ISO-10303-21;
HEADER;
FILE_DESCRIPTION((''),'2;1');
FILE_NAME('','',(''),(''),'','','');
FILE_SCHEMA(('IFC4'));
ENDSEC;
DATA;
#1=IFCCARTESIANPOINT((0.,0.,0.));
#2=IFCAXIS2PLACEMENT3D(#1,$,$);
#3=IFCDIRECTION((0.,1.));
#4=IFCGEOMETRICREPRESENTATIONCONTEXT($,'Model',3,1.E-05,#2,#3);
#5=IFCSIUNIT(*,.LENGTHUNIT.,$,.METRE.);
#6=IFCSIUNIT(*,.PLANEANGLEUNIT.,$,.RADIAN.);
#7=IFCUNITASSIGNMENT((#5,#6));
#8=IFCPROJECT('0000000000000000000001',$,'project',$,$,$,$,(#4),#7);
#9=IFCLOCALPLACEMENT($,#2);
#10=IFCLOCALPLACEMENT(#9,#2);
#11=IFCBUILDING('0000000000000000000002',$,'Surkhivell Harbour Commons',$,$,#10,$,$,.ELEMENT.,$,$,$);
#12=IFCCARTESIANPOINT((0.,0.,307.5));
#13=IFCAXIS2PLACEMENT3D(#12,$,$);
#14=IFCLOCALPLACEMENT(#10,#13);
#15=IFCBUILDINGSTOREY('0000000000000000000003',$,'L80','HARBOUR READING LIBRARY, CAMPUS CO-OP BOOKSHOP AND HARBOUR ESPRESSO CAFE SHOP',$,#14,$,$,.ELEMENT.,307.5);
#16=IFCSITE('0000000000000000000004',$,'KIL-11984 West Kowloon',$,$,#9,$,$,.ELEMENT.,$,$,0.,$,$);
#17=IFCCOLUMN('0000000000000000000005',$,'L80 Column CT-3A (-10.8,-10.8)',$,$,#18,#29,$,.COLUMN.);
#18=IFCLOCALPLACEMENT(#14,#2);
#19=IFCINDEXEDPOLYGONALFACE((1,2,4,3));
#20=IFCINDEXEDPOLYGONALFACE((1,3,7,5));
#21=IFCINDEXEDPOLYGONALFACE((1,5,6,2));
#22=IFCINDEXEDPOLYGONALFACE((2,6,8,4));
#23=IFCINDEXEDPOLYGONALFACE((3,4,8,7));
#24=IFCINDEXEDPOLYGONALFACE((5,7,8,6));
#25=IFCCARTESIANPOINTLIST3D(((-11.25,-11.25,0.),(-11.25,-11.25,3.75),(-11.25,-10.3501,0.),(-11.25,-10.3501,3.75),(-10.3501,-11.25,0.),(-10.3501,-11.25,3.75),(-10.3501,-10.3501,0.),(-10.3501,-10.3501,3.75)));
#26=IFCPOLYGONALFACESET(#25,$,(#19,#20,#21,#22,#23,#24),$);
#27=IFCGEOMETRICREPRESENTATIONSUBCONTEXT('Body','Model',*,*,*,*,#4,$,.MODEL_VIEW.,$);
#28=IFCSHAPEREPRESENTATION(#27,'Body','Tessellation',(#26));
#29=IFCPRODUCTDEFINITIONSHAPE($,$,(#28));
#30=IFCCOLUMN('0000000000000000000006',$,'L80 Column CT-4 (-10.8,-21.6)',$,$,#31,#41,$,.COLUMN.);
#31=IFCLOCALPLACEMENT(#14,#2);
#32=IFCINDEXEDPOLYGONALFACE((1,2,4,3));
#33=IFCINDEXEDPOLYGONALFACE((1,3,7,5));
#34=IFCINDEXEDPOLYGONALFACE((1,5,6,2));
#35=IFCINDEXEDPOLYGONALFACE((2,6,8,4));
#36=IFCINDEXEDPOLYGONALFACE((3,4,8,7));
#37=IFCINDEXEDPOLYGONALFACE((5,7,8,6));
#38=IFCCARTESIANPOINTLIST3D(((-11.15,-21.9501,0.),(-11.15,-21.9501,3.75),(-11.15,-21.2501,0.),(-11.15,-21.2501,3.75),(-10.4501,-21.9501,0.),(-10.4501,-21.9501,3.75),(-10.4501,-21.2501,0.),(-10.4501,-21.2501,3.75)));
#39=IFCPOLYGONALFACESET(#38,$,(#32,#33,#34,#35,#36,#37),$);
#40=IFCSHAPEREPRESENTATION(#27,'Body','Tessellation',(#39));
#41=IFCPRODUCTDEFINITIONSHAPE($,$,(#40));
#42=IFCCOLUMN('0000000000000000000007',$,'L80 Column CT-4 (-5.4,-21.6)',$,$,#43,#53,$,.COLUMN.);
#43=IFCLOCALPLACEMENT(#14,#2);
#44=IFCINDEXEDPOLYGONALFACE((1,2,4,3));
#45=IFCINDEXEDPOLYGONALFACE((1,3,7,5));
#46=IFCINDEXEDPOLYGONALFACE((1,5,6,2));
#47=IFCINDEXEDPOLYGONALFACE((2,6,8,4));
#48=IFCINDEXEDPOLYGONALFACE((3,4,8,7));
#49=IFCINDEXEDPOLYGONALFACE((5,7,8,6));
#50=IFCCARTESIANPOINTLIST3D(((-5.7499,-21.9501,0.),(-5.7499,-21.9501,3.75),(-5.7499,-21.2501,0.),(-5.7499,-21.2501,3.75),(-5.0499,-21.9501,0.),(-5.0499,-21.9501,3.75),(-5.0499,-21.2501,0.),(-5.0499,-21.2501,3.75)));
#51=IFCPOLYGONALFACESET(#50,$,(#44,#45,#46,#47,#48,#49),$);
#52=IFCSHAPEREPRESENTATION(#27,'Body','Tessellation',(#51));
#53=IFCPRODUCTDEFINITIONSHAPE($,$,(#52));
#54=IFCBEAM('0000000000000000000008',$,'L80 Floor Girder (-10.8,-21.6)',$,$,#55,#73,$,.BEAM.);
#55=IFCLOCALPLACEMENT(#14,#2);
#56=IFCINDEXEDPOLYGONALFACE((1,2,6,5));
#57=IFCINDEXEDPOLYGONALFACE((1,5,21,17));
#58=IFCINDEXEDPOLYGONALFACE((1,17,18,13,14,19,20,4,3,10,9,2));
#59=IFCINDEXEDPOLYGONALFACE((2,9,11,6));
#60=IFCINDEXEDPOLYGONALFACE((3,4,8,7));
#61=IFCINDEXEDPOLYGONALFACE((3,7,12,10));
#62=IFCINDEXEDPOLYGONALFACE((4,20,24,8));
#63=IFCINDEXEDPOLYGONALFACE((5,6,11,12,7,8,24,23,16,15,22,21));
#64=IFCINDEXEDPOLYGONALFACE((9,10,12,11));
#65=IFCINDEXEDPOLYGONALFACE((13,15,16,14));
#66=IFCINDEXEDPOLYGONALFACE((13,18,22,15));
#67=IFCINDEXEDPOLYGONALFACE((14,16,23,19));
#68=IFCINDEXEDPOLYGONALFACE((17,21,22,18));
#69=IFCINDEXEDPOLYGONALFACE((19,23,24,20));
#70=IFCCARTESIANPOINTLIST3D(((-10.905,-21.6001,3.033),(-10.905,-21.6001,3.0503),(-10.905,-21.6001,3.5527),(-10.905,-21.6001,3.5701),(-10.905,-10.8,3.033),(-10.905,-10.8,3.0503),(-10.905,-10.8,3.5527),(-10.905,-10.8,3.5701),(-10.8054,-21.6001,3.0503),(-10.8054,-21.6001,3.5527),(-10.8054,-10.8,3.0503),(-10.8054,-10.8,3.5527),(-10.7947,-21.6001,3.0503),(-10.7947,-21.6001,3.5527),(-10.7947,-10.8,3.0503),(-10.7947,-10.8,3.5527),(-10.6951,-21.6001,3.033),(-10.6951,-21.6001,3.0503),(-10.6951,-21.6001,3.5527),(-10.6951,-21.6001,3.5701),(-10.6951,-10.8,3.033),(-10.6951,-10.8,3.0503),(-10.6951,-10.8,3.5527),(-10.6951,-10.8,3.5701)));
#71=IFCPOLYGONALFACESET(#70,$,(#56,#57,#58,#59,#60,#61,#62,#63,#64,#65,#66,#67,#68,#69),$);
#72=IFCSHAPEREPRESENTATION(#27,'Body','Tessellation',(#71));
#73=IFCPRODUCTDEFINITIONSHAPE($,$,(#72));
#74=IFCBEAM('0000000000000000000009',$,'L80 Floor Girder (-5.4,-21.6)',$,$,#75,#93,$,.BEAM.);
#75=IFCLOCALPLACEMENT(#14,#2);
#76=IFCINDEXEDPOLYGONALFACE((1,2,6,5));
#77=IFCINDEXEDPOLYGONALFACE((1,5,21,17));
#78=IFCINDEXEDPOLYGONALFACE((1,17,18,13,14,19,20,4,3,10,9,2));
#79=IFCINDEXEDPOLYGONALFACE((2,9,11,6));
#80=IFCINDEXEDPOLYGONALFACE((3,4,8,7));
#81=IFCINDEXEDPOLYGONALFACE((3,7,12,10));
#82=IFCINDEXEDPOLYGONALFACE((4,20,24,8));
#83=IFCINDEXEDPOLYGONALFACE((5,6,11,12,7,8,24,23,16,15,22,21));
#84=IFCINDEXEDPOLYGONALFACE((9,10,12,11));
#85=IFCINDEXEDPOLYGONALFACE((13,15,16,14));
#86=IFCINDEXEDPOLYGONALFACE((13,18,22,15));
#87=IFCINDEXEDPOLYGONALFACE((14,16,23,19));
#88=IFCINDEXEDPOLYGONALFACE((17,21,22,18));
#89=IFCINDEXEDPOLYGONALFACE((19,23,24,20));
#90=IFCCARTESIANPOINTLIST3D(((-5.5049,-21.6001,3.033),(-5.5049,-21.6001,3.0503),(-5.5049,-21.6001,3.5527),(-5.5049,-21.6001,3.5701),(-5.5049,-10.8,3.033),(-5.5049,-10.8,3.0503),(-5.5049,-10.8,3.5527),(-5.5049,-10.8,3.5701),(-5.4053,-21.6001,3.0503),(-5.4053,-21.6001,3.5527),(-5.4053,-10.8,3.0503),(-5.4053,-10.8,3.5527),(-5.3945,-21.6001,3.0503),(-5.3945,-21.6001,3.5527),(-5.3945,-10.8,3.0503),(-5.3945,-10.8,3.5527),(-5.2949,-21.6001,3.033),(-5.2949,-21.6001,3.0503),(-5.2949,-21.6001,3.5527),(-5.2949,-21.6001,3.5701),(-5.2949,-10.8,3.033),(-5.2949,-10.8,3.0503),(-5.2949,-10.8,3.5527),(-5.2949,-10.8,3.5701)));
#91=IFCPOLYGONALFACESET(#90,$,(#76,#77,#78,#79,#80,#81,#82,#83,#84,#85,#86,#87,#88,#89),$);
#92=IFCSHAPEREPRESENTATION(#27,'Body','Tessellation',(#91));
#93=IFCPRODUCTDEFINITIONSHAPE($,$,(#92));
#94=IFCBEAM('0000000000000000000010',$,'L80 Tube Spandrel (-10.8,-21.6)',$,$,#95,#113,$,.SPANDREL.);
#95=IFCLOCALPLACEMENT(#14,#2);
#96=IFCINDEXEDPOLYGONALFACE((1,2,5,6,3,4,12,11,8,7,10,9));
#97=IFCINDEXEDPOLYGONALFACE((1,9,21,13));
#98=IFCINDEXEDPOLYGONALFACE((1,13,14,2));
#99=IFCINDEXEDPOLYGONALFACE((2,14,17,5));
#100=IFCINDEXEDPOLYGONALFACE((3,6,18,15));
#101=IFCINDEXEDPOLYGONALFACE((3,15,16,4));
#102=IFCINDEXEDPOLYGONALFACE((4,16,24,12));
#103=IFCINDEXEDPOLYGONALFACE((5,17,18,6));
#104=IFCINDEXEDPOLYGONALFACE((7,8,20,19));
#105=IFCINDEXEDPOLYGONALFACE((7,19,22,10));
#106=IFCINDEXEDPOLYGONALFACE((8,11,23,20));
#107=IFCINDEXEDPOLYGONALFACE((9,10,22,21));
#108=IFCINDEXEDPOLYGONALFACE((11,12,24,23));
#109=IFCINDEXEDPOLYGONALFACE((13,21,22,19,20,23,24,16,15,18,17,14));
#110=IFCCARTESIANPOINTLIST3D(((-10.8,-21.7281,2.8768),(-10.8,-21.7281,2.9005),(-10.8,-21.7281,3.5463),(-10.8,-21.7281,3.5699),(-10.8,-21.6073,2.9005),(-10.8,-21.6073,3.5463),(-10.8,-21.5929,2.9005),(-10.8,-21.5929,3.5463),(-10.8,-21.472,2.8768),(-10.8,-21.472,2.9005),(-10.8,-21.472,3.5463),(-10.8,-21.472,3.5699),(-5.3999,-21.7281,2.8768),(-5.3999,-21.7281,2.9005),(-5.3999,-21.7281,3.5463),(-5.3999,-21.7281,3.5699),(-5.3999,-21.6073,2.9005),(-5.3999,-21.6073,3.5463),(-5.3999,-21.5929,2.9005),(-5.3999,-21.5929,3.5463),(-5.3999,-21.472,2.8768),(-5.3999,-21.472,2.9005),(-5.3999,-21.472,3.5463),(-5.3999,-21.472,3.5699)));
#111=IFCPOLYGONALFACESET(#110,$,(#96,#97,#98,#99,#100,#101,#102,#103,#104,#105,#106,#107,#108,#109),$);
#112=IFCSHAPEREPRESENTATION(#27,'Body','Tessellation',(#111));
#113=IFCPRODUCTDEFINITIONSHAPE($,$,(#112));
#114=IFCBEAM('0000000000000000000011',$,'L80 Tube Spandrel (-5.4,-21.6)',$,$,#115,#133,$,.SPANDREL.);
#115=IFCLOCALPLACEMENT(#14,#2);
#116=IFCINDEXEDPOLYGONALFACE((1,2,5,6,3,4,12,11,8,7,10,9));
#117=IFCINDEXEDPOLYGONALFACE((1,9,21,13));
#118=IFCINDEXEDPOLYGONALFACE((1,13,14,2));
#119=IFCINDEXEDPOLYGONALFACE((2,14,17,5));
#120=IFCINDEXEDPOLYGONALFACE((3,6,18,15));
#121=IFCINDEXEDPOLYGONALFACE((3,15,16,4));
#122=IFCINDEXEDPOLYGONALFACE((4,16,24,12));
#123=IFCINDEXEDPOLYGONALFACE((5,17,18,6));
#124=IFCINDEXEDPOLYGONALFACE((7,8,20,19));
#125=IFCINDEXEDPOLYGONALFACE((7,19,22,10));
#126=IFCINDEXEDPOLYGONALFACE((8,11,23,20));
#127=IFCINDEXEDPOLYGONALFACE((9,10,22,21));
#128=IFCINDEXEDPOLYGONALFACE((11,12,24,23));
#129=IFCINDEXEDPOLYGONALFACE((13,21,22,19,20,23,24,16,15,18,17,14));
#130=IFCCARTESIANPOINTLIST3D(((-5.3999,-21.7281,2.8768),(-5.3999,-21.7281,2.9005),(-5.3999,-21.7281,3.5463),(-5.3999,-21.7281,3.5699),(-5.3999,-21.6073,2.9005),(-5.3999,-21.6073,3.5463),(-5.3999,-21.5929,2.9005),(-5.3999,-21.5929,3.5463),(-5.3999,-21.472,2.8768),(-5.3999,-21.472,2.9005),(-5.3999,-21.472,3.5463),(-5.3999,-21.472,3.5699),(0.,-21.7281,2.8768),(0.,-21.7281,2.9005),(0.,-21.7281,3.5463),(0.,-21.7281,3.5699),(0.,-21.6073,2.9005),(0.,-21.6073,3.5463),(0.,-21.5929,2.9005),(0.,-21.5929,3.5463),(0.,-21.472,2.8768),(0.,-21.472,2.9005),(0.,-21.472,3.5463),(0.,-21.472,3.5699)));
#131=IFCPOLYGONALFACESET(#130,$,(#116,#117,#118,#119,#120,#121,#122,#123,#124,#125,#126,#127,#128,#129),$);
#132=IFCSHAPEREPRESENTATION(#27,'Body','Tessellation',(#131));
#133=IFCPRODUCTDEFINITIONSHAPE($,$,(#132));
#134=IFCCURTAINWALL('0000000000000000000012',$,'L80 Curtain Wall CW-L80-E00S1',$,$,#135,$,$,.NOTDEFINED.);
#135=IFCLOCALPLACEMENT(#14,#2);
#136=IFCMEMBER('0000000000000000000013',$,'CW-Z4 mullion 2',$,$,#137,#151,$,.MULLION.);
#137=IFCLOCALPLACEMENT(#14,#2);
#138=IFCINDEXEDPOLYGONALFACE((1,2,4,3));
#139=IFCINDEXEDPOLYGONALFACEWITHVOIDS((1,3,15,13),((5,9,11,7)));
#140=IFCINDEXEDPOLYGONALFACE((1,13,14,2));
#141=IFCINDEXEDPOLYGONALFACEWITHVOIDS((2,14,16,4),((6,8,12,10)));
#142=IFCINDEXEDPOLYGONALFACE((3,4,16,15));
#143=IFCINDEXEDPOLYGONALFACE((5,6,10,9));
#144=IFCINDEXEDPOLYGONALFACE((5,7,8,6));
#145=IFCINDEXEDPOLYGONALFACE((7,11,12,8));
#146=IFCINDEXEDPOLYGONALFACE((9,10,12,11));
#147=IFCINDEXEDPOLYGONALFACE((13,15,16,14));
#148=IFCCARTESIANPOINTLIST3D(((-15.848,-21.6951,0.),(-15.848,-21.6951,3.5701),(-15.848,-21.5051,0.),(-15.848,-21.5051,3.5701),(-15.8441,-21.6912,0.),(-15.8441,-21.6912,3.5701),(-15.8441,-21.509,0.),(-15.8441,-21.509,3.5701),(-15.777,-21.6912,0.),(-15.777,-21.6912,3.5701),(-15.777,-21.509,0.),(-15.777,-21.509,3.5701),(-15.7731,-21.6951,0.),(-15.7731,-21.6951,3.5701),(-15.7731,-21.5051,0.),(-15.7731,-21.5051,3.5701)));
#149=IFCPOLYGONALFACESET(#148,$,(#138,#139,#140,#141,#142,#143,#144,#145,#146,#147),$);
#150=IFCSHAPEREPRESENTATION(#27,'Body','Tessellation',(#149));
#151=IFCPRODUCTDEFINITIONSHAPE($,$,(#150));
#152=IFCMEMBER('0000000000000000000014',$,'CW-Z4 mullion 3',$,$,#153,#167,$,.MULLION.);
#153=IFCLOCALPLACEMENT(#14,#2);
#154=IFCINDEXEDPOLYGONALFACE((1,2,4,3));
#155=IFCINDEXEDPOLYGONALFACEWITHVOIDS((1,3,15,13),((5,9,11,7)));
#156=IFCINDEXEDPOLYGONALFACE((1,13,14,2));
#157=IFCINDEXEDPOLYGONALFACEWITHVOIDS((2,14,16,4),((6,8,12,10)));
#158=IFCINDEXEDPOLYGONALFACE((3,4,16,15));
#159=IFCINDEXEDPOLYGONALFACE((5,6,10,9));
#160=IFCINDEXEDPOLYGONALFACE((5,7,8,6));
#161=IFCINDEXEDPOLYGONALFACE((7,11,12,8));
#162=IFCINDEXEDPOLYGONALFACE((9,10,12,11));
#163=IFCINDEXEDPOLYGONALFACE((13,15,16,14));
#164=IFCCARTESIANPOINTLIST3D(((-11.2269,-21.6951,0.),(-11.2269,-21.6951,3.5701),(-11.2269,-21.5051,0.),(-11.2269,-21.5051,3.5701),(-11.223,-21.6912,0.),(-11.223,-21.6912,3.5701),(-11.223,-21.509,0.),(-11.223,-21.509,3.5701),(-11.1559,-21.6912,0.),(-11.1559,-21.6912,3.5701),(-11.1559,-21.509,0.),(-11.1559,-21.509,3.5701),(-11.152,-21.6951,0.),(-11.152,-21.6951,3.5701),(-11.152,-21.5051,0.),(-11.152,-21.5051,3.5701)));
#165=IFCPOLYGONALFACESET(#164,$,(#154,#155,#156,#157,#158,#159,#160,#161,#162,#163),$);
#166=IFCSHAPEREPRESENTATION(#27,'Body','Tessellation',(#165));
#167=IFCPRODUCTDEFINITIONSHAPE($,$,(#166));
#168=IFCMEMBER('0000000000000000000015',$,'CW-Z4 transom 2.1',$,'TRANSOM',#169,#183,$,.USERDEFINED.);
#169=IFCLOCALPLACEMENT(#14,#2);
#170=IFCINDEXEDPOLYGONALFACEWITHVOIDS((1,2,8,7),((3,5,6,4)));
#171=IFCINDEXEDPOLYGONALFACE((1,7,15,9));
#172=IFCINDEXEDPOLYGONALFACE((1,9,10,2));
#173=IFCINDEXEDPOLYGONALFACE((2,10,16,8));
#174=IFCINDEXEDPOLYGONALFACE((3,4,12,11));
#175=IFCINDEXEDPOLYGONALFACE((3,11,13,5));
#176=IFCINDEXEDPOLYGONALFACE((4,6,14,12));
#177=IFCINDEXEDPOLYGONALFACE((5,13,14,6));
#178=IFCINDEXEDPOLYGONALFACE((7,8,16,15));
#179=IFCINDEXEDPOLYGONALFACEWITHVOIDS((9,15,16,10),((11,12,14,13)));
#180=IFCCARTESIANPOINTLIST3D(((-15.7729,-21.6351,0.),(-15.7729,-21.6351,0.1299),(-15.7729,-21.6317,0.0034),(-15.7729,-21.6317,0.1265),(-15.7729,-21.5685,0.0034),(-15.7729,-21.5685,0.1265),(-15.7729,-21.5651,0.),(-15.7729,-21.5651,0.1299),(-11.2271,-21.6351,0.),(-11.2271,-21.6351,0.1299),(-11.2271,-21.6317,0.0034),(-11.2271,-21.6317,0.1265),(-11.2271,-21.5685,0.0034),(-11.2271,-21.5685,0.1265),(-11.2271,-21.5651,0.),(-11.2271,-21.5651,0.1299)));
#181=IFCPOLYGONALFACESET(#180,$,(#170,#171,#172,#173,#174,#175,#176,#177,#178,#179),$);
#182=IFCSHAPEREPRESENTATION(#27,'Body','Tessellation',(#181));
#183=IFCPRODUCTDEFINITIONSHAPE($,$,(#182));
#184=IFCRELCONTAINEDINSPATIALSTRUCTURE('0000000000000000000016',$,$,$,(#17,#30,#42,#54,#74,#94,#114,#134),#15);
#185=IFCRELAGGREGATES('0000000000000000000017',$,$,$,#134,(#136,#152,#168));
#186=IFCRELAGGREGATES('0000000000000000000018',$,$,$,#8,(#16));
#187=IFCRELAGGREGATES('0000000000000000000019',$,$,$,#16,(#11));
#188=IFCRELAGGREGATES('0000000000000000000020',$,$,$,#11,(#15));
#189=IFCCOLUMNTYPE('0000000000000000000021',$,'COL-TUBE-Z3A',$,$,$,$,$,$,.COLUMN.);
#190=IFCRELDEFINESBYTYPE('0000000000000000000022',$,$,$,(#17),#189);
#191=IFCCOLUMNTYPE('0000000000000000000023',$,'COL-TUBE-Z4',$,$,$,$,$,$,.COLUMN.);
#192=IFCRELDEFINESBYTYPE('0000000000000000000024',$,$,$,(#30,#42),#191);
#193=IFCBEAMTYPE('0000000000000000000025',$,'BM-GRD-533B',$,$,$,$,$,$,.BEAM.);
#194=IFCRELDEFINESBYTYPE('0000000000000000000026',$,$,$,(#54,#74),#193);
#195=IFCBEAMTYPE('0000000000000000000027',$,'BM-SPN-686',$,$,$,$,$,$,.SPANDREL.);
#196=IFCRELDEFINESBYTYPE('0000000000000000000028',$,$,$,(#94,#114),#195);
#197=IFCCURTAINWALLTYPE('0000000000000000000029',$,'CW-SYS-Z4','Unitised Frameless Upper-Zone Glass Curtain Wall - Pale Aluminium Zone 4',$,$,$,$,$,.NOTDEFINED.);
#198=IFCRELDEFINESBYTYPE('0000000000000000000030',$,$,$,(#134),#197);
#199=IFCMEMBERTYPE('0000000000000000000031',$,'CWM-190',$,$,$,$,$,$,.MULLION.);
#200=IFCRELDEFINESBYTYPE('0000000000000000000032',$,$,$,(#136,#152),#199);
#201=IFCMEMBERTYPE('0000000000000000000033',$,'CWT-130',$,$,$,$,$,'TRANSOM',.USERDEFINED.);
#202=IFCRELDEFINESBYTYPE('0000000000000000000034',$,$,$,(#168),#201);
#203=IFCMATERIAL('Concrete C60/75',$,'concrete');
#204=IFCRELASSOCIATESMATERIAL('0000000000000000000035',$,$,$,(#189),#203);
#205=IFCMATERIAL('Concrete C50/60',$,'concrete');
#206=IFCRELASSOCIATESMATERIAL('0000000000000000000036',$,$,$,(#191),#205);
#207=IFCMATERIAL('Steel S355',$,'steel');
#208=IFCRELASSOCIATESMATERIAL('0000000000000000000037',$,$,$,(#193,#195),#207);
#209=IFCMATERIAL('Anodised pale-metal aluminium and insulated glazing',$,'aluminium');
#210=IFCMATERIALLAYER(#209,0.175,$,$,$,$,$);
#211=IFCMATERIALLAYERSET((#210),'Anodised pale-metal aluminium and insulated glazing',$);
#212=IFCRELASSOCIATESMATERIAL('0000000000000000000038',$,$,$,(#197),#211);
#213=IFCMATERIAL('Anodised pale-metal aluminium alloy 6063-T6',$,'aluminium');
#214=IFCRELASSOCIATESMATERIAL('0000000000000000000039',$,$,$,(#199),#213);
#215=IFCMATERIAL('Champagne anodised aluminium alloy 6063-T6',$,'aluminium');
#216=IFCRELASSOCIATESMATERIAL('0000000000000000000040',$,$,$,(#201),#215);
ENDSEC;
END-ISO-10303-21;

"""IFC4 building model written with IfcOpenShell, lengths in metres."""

from ifc_helpers import new_model, si_unit, direction, frame, origin, origin_2d, place, context, subcontext, project, spatial, rectangle, hollow_rectangle, i_section, extrude, material, layer, layer_set, material_profile, profile_set, type_object, element, aggregate, save


model = new_model("IFC4")

# Units and contexts
model_context = context("Model", 3, precision=1e-05, world=origin(), true_north=direction((0.0, 1.0)))
body_context = subcontext(model_context, "Body", "Model", "MODEL_VIEW")
ifc_project = project(units=[si_unit("LENGTHUNIT", "METRE"), si_unit("PLANEANGLEUNIT", "RADIAN")], contexts=[model_context])

# Site, building, storey
site_placement = place(None, origin())
site = spatial("IfcSite", under=ifc_project, at=site_placement, Name="KIL-11984 West Kowloon", CompositionType="ELEMENT", RefElevation=0.0)
building_placement = place(site_placement, origin())
building = spatial("IfcBuilding", under=site, at=building_placement, Name="Surkhivell Harbour Commons", CompositionType="ELEMENT")
storey_placement = place(building_placement, frame((0.0, 0.0, 307.5)))
storey = spatial("IfcBuildingStorey", under=building, at=storey_placement, Name="L80", Description="HARBOUR READING LIBRARY, CAMPUS CO-OP BOOKSHOP AND HARBOUR ESPRESSO CAFE SHOP", CompositionType="ELEMENT", Elevation=307.5)

# Columns
ifc_material_1 = material(Name="Concrete C60/75", Category="concrete")
ifc_material_profile_1 = material_profile(ifc_material_1, rectangle(XDim=0.8999, YDim=0.8999, at=origin_2d()), Name="RC-COL-900x900")
ifc_profile_set_1 = profile_set([ifc_material_profile_1], Name="Concrete C60/75")
column_type_1 = type_object("IfcColumnType", Name="COL-TUBE-Z3A", PredefinedType="COLUMN", material=ifc_profile_set_1)
column_placement = place(storey_placement, frame((-10.8, -10.8, 0.0), z_axis=(0.0, 0.0, 1.0), x_axis=(1.0, 0.0, 0.0)))
element("IfcColumn", 1, at=column_placement, inside=storey, type_object=column_type_1, Name="L80 Column CT-3A (-10.8,-10.8)", PredefinedType="COLUMN", context=body_context, shape_type="SweptSolid", body=[
    extrude(rectangle(XDim=0.8999, YDim=0.8999, at=origin_2d()), origin(), (0.0, 0.0, 1.0), 3.75),
])
ifc_material_2 = material(Name="Concrete C50/60", Category="concrete")
ifc_material_profile_2 = material_profile(ifc_material_2, rectangle(XDim=0.7, YDim=0.7, at=origin_2d()), Name="RC-COL-700x700")
ifc_profile_set_2 = profile_set([ifc_material_profile_2], Name="Concrete C50/60")
column_type_2 = type_object("IfcColumnType", Name="COL-TUBE-Z4", PredefinedType="COLUMN", material=ifc_profile_set_2)
for number, where, z_axis, x_axis, name in (
    (2, (-10.8, -21.6001, 0.0), (0.0, 0.0, 1.0), (1.0, 0.0, 0.0), "L80 Column CT-4 (-10.8,-21.6)"),
    (3, (-5.3999, -21.6001, 0.0), (0.0, 0.0, 1.0), (1.0, 0.0, 0.0), "L80 Column CT-4 (-5.4,-21.6)"),
):
    element("IfcColumn", number, at=place(storey_placement, frame(where, z_axis=z_axis, x_axis=x_axis)), inside=storey, type_object=column_type_2, Name=name, PredefinedType="COLUMN", context=body_context, shape_type="SweptSolid", body=[
        extrude(rectangle(XDim=0.7, YDim=0.7, at=origin_2d()), origin(), (0.0, 0.0, 1.0), 3.75),
    ])

# Beams
ifc_material_3 = material(Name="Steel S355", Category="steel")
ifc_material_profile_3 = material_profile(ifc_material_3, i_section(OverallWidth=0.21, OverallDepth=0.5371, WebThickness=0.0107, FlangeThickness=0.0173, at=origin_2d()), Name="UB533x210x101")
ifc_profile_set_3 = profile_set([ifc_material_profile_3], Name="Steel S355")
beam_type_1 = type_object("IfcBeamType", Name="BM-GRD-533B", PredefinedType="BEAM", material=ifc_profile_set_3)
for number, where, z_axis, x_axis, name in (
    (4, (-10.8, -21.6001, 3.3015), (0.0, 1.0, 0.0), (-1.0, 0.0, 0.0), "L80 Floor Girder (-10.8,-21.6)"),
    (5, (-5.3999, -21.6001, 3.3015), (0.0, 1.0, 0.0), (-1.0, 0.0, 0.0), "L80 Floor Girder (-5.4,-21.6)"),
):
    element("IfcBeam", number, at=place(storey_placement, frame(where, z_axis=z_axis, x_axis=x_axis)), inside=storey, type_object=beam_type_1, Name=name, PredefinedType="BEAM", context=body_context, shape_type="SweptSolid", body=[
        extrude(i_section(OverallWidth=0.21, OverallDepth=0.5371, WebThickness=0.0107, FlangeThickness=0.0173, at=origin_2d()), origin(), (0.0, 0.0, 1.0), 10.8),
    ])
ifc_material_profile_4 = material_profile(ifc_material_3, i_section(OverallWidth=0.2561, OverallDepth=0.6931, WebThickness=0.0144, FlangeThickness=0.0237, at=origin_2d()), Name="UB686x254x170")
ifc_profile_set_4 = profile_set([ifc_material_profile_4], Name="Steel S355")
beam_type_2 = type_object("IfcBeamType", Name="BM-SPN-686", PredefinedType="SPANDREL", material=ifc_profile_set_4)
beam_1_placement = place(storey_placement, frame((-10.8, -21.6001, 3.2234), z_axis=(1.0, 0.0, 0.0), x_axis=(0.0, 1.0, 0.0)))
element("IfcBeam", 6, at=beam_1_placement, inside=storey, type_object=beam_type_2, Name="L80 Tube Spandrel (-10.8,-21.6)", PredefinedType="SPANDREL", context=body_context, shape_type="SweptSolid", body=[
    extrude(i_section(OverallWidth=0.2561, OverallDepth=0.6931, WebThickness=0.0144, FlangeThickness=0.0237, at=origin_2d()), origin(), (0.0, 0.0, 1.0), 5.4001),
])
beam_2_placement = place(storey_placement, frame((-5.3999, -21.6001, 3.2234), z_axis=(1.0, 0.0, 0.0), x_axis=(0.0, 1.0, 0.0)))
element("IfcBeam", 7, at=beam_2_placement, inside=storey, type_object=beam_type_2, Name="L80 Tube Spandrel (-5.4,-21.6)", PredefinedType="SPANDREL", context=body_context, shape_type="SweptSolid", body=[
    extrude(i_section(OverallWidth=0.2561, OverallDepth=0.6931, WebThickness=0.0144, FlangeThickness=0.0237, at=origin_2d()), origin(), (0.0, 0.0, 1.0), 5.3999),
])

# Curtain wall, members
ifc_material_4 = material(Name="Anodised pale-metal aluminium and insulated glazing", Category="aluminium")
ifc_layer_1 = layer(ifc_material_4, 0.175)
ifc_layer_set_1 = layer_set([ifc_layer_1], Name="Anodised pale-metal aluminium and insulated glazing")
curtain_wall_type = type_object("IfcCurtainWallType", Name="CW-SYS-Z4", Description="Unitised Frameless Upper-Zone Glass Curtain Wall - Pale Aluminium Zone 4", PredefinedType="NOTDEFINED", material=ifc_layer_set_1)
curtain_wall_placement = place(storey_placement, origin())
curtain_wall = element("IfcCurtainWall", 8, at=curtain_wall_placement, inside=storey, type_object=curtain_wall_type, Name="L80 Curtain Wall CW-L80-E00S1", PredefinedType="NOTDEFINED")
ifc_material_5 = material(Name="Anodised pale-metal aluminium alloy 6063-T6", Category="aluminium")
ifc_material_profile_5 = material_profile(ifc_material_5, hollow_rectangle(XDim=0.075, YDim=0.1899, WallThickness=0.0039, at=origin_2d()), Name="ALU-MULL-75x190")
ifc_profile_set_5 = profile_set([ifc_material_profile_5], Name="Anodised pale-metal aluminium alloy 6063-T6")
member_type_1 = type_object("IfcMemberType", Name="CWM-190", PredefinedType="MULLION", material=ifc_profile_set_5)
member_1_placement = place(storey_placement, frame((-15.8105, -21.6001, 0.0), z_axis=(0.0, 0.0, 1.0), x_axis=(1.0, 0.0, 0.0)))
member_1 = element("IfcMember", 9, at=member_1_placement, type_object=member_type_1, Name="CW-Z4 mullion 2", PredefinedType="MULLION", context=body_context, shape_type="SweptSolid", body=[
    extrude(hollow_rectangle(XDim=0.075, YDim=0.1899, WallThickness=0.0039, at=origin_2d()), origin(), (0.0, 0.0, 1.0), 3.5701),
])
member_2_placement = place(storey_placement, frame((-11.1895, -21.6001, 0.0), z_axis=(0.0, 0.0, 1.0), x_axis=(1.0, 0.0, 0.0)))
member_2 = element("IfcMember", 10, at=member_2_placement, type_object=member_type_1, Name="CW-Z4 mullion 3", PredefinedType="MULLION", context=body_context, shape_type="SweptSolid", body=[
    extrude(hollow_rectangle(XDim=0.075, YDim=0.1899, WallThickness=0.0039, at=origin_2d()), origin(), (0.0, 0.0, 1.0), 3.5701),
])
ifc_material_6 = material(Name="Champagne anodised aluminium alloy 6063-T6", Category="aluminium")
ifc_material_profile_6 = material_profile(ifc_material_6, hollow_rectangle(XDim=0.0701, YDim=0.1299, WallThickness=0.0034, at=origin_2d()), Name="ALU-TRAN-70x130")
ifc_profile_set_6 = profile_set([ifc_material_profile_6], Name="Champagne anodised aluminium alloy 6063-T6")
member_type_2 = type_object("IfcMemberType", Name="CWT-130", ElementType="TRANSOM", PredefinedType="USERDEFINED", material=ifc_profile_set_6)
member_3_placement = place(storey_placement, frame((-15.7729, -21.6001, 0.0649), z_axis=(1.0, 0.0, 0.0), x_axis=(0.0, 1.0, 0.0)))
member_3 = element("IfcMember", 11, at=member_3_placement, type_object=member_type_2, Name="CW-Z4 transom 2.1", ObjectType="TRANSOM", PredefinedType="USERDEFINED", context=body_context, shape_type="SweptSolid", body=[
    extrude(hollow_rectangle(XDim=0.0701, YDim=0.1299, WallThickness=0.0034, at=origin_2d()), origin(), (0.0, 0.0, 1.0), 4.5459),
])

aggregate(curtain_wall, [member_1, member_2, member_3])

save(model, "model.ifc")
